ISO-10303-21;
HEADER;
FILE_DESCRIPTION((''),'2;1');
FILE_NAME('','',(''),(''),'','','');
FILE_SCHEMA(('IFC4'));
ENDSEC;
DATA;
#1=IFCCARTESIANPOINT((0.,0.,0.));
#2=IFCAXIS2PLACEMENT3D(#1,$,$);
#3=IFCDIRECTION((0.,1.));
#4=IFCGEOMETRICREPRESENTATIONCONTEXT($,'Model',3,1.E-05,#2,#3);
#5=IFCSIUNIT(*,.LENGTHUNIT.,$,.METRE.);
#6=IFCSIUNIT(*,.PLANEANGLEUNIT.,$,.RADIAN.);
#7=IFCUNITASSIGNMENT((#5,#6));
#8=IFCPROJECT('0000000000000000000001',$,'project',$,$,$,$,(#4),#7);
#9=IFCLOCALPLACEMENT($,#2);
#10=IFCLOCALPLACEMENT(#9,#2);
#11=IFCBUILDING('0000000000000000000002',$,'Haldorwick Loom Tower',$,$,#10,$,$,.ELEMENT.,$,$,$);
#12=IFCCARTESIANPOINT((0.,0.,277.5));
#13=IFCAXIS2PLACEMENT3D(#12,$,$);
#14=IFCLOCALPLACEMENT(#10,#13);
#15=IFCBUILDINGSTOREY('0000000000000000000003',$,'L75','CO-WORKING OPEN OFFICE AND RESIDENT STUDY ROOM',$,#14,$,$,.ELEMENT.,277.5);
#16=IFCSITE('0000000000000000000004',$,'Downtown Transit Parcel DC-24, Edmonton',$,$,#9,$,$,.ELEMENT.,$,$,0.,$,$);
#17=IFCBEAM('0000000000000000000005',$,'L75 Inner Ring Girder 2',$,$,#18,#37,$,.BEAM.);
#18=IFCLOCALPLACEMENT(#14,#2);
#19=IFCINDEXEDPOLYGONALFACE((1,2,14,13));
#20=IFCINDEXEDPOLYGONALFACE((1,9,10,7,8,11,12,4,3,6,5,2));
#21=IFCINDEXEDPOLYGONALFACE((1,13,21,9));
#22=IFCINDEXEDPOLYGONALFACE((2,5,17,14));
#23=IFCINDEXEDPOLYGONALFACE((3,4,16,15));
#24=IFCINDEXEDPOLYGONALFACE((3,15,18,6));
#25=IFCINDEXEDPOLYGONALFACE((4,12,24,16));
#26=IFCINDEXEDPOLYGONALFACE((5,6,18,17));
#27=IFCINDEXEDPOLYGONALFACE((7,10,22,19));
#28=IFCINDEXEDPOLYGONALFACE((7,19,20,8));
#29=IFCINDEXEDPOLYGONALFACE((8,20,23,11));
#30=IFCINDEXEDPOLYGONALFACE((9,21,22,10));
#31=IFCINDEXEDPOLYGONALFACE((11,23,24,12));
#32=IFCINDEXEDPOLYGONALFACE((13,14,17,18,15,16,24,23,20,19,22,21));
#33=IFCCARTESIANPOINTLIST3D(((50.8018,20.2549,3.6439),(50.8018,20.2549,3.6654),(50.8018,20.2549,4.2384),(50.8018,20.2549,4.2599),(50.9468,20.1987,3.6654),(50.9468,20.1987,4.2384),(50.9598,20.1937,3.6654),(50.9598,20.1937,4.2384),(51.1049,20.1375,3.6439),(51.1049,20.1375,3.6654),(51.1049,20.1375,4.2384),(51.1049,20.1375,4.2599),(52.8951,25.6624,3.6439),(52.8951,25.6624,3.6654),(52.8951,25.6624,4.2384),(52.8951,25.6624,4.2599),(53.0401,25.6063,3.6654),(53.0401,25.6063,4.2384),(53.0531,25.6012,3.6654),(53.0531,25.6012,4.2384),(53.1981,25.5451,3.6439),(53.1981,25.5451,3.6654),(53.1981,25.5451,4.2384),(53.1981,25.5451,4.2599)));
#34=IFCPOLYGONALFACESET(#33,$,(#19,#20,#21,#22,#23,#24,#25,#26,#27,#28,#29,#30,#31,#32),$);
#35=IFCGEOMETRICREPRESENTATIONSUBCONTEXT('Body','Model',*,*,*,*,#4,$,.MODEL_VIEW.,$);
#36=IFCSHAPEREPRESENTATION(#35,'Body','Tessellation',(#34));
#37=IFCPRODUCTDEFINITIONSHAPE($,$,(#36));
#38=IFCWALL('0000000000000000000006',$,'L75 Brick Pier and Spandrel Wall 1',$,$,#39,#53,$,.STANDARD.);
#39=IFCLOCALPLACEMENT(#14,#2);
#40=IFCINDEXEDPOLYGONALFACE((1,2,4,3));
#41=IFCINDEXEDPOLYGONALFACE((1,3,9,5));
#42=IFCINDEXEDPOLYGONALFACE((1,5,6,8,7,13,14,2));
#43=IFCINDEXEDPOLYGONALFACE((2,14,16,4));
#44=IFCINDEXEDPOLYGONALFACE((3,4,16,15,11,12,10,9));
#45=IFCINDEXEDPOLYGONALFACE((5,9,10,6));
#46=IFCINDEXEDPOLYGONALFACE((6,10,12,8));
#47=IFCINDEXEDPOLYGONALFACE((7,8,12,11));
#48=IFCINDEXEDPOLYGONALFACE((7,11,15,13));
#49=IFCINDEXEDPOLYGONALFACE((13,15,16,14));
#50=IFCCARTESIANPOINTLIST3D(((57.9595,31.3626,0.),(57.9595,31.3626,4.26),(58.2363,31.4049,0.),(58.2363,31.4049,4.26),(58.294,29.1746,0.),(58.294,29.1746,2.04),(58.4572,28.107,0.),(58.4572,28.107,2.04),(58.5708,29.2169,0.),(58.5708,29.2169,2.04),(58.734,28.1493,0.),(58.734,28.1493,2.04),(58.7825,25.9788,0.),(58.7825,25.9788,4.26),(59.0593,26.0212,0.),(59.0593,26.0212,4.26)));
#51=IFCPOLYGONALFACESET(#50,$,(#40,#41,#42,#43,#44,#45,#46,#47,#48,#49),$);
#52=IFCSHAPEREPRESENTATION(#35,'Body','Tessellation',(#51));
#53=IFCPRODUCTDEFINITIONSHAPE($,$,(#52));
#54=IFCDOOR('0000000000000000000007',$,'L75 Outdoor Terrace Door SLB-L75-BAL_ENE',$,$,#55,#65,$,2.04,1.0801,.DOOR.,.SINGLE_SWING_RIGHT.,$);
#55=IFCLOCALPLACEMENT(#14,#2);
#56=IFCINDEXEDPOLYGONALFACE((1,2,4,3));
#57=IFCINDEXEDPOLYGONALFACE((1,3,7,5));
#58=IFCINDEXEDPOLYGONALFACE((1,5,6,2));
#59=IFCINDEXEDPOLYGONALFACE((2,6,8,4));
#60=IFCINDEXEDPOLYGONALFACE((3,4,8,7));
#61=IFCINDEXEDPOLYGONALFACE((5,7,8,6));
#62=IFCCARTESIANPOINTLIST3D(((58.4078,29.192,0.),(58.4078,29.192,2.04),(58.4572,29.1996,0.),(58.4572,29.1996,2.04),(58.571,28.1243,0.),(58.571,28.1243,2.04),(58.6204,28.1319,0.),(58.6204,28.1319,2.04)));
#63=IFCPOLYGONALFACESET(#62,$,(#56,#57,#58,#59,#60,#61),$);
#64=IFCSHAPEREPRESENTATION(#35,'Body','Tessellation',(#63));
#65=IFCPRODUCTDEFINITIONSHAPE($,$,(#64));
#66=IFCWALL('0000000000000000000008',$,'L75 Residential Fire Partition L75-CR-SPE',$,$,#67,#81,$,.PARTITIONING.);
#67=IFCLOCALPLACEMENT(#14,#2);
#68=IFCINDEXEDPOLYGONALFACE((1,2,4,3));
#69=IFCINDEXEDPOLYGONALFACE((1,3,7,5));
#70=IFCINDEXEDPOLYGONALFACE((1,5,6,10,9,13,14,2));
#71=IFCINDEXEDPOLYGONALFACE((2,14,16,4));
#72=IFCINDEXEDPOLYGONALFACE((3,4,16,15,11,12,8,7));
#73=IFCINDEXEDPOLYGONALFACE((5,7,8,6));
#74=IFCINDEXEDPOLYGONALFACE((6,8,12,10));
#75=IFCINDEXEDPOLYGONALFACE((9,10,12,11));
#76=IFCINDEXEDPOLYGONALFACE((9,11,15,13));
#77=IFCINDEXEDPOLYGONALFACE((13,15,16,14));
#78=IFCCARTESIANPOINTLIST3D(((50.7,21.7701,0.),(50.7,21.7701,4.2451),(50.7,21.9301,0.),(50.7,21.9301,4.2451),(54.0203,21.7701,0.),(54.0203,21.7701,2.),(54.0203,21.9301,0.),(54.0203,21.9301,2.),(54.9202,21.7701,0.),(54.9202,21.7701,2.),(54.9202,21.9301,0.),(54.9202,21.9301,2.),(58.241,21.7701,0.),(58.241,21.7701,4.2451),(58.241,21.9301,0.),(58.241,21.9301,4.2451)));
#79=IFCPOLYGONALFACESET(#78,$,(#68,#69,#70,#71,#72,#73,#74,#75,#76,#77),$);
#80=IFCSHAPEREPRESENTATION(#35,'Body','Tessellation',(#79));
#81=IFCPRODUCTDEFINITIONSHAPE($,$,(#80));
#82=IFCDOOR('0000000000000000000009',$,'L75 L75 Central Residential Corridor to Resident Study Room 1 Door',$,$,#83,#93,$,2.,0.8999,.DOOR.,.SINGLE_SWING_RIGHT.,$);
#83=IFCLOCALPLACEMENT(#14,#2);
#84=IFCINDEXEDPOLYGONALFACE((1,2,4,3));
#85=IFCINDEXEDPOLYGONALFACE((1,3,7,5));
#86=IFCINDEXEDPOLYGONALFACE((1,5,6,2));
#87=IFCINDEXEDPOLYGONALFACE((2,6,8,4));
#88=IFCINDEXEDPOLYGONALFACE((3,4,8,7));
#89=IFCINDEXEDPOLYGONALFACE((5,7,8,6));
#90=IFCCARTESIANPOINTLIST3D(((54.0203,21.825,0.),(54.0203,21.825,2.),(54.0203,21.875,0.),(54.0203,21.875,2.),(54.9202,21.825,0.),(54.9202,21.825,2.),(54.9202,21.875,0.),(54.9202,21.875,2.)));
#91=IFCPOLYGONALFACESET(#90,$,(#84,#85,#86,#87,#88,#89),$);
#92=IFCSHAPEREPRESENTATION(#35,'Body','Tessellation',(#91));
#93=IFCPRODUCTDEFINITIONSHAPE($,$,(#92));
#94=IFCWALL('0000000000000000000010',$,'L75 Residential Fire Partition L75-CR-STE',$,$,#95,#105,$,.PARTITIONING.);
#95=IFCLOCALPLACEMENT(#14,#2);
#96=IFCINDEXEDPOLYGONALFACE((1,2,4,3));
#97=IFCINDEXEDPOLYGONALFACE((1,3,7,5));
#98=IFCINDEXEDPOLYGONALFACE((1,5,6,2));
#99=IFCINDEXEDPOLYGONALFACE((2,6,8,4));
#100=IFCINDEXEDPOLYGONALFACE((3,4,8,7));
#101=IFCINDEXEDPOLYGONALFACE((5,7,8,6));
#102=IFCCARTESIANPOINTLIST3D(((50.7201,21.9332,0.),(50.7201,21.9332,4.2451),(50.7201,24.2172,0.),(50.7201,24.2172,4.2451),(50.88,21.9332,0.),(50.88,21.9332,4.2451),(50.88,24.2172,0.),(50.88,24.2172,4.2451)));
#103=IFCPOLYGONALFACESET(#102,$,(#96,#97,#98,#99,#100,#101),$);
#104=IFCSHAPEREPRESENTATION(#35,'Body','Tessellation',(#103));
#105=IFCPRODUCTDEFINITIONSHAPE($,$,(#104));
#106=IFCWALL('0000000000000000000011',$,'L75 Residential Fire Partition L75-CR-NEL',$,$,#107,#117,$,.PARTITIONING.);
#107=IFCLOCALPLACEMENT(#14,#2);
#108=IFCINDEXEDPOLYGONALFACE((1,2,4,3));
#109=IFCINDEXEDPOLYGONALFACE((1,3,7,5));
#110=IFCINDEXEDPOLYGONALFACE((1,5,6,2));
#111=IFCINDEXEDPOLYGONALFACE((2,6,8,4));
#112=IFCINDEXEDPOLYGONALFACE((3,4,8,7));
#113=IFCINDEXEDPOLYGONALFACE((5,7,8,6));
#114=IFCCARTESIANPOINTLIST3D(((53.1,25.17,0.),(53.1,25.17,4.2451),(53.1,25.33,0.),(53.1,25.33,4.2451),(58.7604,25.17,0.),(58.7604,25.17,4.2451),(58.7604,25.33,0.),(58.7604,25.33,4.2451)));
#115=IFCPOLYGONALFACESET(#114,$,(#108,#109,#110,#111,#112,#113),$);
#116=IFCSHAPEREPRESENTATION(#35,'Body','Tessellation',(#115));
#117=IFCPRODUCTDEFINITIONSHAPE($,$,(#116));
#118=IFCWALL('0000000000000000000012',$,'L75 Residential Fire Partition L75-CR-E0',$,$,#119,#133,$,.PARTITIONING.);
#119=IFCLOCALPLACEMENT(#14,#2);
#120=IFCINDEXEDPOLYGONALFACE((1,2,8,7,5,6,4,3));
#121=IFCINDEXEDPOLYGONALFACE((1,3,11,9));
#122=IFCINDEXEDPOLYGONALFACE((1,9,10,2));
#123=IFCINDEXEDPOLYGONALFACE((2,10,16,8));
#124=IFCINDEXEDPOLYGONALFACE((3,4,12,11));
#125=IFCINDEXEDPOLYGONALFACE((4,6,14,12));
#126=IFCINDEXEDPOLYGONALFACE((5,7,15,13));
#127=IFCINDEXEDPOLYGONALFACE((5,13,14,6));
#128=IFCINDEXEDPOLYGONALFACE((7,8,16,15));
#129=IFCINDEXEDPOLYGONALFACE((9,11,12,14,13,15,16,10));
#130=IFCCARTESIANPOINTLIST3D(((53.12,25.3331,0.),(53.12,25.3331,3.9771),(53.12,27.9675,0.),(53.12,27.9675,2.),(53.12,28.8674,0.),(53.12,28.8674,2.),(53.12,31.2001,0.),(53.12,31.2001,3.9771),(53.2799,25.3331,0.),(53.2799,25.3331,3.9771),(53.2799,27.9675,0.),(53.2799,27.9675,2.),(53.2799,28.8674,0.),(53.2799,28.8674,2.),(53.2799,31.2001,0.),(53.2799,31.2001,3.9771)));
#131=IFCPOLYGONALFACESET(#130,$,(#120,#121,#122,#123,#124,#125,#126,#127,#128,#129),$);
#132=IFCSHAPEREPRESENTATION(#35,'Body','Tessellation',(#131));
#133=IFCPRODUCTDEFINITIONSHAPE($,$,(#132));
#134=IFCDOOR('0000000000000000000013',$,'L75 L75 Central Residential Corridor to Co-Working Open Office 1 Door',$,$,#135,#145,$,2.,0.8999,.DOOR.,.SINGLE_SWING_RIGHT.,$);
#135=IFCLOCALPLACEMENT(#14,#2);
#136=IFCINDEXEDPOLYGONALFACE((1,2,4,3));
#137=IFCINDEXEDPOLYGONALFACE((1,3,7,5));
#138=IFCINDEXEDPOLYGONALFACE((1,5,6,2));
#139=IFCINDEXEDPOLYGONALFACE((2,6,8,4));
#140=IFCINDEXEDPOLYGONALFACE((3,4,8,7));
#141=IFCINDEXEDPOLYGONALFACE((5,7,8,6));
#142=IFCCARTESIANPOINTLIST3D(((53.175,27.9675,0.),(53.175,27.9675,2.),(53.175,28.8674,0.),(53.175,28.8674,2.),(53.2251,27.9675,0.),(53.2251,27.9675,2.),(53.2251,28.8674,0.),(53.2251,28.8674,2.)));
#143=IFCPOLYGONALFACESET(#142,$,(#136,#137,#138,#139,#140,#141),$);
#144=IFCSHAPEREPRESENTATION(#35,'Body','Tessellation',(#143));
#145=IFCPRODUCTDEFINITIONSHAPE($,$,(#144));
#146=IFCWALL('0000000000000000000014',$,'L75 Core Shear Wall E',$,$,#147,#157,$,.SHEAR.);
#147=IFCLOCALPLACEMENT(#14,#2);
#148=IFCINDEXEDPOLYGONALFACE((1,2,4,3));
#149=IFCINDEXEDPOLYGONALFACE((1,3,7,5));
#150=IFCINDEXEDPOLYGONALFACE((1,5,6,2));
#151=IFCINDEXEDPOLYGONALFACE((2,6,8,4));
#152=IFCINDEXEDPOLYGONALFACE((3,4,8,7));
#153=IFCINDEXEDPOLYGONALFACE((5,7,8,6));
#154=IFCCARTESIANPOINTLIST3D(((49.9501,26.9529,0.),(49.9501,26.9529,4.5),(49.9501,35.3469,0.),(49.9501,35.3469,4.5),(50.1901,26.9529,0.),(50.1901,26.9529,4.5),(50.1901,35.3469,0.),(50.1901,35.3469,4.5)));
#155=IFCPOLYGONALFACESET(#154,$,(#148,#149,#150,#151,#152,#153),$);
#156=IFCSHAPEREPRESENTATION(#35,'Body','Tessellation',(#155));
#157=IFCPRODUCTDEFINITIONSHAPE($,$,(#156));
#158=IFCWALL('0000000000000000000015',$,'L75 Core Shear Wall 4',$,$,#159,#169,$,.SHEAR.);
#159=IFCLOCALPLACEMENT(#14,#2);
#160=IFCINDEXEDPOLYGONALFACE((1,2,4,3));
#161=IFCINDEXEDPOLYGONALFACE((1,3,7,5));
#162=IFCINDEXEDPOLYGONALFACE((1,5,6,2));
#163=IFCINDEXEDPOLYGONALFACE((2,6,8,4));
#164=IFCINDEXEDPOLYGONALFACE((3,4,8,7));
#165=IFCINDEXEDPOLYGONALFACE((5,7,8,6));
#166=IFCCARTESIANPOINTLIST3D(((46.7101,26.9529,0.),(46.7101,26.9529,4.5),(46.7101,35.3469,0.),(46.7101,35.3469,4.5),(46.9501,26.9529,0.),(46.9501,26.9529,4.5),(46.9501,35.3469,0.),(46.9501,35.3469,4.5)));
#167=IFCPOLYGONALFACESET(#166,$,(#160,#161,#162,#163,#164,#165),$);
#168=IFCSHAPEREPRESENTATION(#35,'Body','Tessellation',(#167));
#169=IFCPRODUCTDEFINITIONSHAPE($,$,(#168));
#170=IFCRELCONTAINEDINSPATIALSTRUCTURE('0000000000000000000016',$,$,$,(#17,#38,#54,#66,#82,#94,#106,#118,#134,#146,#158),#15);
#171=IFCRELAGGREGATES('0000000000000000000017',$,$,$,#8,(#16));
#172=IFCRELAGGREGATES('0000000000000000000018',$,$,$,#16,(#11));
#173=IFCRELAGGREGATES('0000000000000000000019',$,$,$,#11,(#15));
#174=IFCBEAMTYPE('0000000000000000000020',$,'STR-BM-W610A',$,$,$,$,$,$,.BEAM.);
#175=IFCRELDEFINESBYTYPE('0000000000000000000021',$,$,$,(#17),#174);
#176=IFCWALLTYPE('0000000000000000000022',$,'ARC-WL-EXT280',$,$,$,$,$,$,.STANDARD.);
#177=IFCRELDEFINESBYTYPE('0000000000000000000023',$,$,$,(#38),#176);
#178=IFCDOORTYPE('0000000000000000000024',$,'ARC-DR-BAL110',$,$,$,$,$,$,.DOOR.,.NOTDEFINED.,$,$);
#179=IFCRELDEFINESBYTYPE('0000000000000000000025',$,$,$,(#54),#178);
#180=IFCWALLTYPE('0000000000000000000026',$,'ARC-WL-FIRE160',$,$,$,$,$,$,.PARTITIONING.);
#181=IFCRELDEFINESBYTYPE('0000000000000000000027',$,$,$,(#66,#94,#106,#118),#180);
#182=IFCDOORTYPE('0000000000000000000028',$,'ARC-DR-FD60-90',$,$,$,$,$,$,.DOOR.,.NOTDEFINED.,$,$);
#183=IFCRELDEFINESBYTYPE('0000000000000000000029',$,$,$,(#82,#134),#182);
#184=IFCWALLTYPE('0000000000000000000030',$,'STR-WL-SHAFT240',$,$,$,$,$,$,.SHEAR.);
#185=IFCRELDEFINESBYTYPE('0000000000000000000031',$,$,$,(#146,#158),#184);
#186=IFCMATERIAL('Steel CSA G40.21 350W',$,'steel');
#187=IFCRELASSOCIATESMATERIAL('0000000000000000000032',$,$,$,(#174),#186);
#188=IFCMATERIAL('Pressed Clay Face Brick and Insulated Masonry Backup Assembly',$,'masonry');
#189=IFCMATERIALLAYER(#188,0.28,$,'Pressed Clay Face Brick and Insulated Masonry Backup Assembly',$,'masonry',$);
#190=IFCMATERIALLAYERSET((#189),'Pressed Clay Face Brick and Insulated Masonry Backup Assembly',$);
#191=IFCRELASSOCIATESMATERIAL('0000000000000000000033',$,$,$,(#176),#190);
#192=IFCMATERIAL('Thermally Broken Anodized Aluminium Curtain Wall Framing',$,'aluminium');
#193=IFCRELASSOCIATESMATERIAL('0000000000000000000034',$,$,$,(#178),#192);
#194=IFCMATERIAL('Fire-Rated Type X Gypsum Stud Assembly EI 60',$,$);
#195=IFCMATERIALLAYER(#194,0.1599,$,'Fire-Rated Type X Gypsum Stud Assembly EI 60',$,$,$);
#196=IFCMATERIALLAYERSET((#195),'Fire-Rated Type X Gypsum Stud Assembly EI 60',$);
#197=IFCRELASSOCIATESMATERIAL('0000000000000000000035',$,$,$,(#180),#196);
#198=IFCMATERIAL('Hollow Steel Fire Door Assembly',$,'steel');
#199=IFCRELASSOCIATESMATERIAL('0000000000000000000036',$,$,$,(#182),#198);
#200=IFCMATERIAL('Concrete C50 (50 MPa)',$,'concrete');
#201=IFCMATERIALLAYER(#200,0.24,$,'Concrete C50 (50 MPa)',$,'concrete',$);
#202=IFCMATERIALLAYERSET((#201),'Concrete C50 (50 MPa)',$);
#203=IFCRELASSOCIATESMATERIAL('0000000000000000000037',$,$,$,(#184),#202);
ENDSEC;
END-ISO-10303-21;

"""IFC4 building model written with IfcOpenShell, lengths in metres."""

from ifc_helpers import new_model, si_unit, direction, frame, frame_2d, origin, origin_2d, place, context, subcontext, project, spatial, rectangle, i_section, extrude, material, layer, layer_set, material_profile, profile_set, type_object, element, fill, save


model = new_model("IFC4")

# Units and contexts
model_context = context("Model", 3, precision=1e-05, world=origin(), true_north=direction((0.0, 1.0)))
body_context = subcontext(model_context, "Body", "Model", "MODEL_VIEW")
ifc_project = project(units=[si_unit("LENGTHUNIT", "METRE"), si_unit("PLANEANGLEUNIT", "RADIAN")], contexts=[model_context])

# Site, building, storey
site_placement = place(None, origin())
site = spatial("IfcSite", under=ifc_project, at=site_placement, Name="Downtown Transit Parcel DC-24, Edmonton", CompositionType="ELEMENT", RefElevation=0.0)
building_placement = place(site_placement, origin())
building = spatial("IfcBuilding", under=site, at=building_placement, Name="Haldorwick Loom Tower", CompositionType="ELEMENT")
storey_placement = place(building_placement, frame((0.0, 0.0, 277.5)))
storey = spatial("IfcBuildingStorey", under=building, at=storey_placement, Name="L75", Description="CO-WORKING OPEN OFFICE AND RESIDENT STUDY ROOM", CompositionType="ELEMENT", Elevation=277.5)

# Shared definitions
ifc_material_1 = material(Name="Concrete C50 (50 MPa)", Category="concrete")
ifc_material_2 = material(Name="Steel CSA G40.21 350W", Category="steel")

# Beam
ifc_material_profile_1 = material_profile(ifc_material_2, i_section(OverallWidth=0.325, OverallDepth=0.616, WebThickness=0.0139, FlangeThickness=0.0215, at=origin_2d()), Name="W610X174", Category="steel")
ifc_profile_set_1 = profile_set([ifc_material_profile_1], Name="Steel CSA G40.21 350W")
beam_type_1 = type_object("IfcBeamType", Name="STR-BM-W610A", PredefinedType="BEAM", material=ifc_profile_set_1)
beam_1_placement = place(storey_placement, frame((53.0466, 25.6038, 3.9519), z_axis=(-0.361001, -0.932565, 0.0), x_axis=(0.932565, -0.361001, 0.0)))
element("IfcBeam", 1, at=beam_1_placement, inside=storey, type_object=beam_type_1, Name="L75 Inner Ring Girder 2", PredefinedType="BEAM", context=body_context, shape_type="SweptSolid", body=[
    extrude(i_section(OverallWidth=0.325, OverallDepth=0.616, WebThickness=0.0139, FlangeThickness=0.0215, at=origin_2d()), origin(), (0.0, 0.0, 1.0), 5.7986),
])

# Walls, openings, doors
ifc_material_3 = material(Name="Pressed Clay Face Brick and Insulated Masonry Backup Assembly", Category="masonry")
ifc_layer_1 = layer(ifc_material_3, 0.28, Name="Pressed Clay Face Brick and Insulated Masonry Backup Assembly", Category="masonry")
ifc_layer_set_1 = layer_set([ifc_layer_1], Name="Pressed Clay Face Brick and Insulated Masonry Backup Assembly")
wall_type_1 = type_object("IfcWallType", Name="ARC-WL-EXT280", PredefinedType="STANDARD", material=ifc_layer_set_1)
wall_1_placement = place(storey_placement, frame((58.9209, 26.0, 0.0), z_axis=(0.0, 0.0, 1.0), x_axis=(-0.151111, 0.988517, 0.0)))
wall_1 = element("IfcWall", 2, at=wall_1_placement, inside=storey, type_object=wall_type_1, Name="L75 Brick Pier and Spandrel Wall 1", PredefinedType="STANDARD", context=body_context, shape_type="SweptSolid", body=[
    extrude(rectangle(XDim=5.4463, YDim=0.28, at=frame_2d((2.7231, 0.0))), origin(), (0.0, 0.0, 1.0), 4.26),
])
opening_1_placement = place(wall_1_placement, frame((2.1528, 0.0, 0.0)))
opening_1 = element("IfcOpeningElement", 3, at=opening_1_placement, cuts=wall_1, PredefinedType="OPENING", context=body_context, shape_type="SweptSolid", body=[
    extrude(rectangle(XDim=1.0801, YDim=2.04, at=frame_2d((0.54, 1.02))), frame((0.0, 0.1499, 0.0), z_axis=(0.0, -1.0, 0.0), x_axis=(1.0, 0.0, 0.0)), (0.0, 0.0, 1.0), 0.3),
])
ifc_material_4 = material(Name="Thermally Broken Anodized Aluminium Curtain Wall Framing", Category="aluminium")
door_type_1 = type_object("IfcDoorType", Name="ARC-DR-BAL110", OperationType="NOTDEFINED", PredefinedType="DOOR", material=ifc_material_4)
door_1_placement = place(opening_1_placement, origin())
door_1 = element("IfcDoor", 4, at=door_1_placement, inside=storey, type_object=door_type_1, Name="L75 Outdoor Terrace Door SLB-L75-BAL_ENE", OperationType="SINGLE_SWING_RIGHT", OverallHeight=2.04, OverallWidth=1.0801, PredefinedType="DOOR", context=body_context, shape_type="SweptSolid", body=[
    extrude(rectangle(XDim=1.0801, YDim=2.04, at=frame_2d((0.54, 1.02))), frame((0.0, 0.0249, 0.0), z_axis=(0.0, -1.0, 0.0), x_axis=(1.0, 0.0, 0.0)), (0.0, 0.0, 1.0), 0.05),
])
fill(opening_1, door_1)
ifc_material_5 = material(Name="Fire-Rated Type X Gypsum Stud Assembly EI 60")
ifc_layer_2 = layer(ifc_material_5, 0.1599, Name="Fire-Rated Type X Gypsum Stud Assembly EI 60")
ifc_layer_set_2 = layer_set([ifc_layer_2], Name="Fire-Rated Type X Gypsum Stud Assembly EI 60")
wall_type_2 = type_object("IfcWallType", Name="ARC-WL-FIRE160", PredefinedType="PARTITIONING", material=ifc_layer_set_2)
wall_2_placement = place(storey_placement, frame((50.7, 21.8501, 0.0), z_axis=(0.0, 0.0, 1.0), x_axis=(1.0, 0.0, 0.0)))
wall_2 = element("IfcWall", 5, at=wall_2_placement, inside=storey, type_object=wall_type_2, Name="L75 Residential Fire Partition L75-CR-SPE", PredefinedType="PARTITIONING", context=body_context, shape_type="SweptSolid", body=[
    extrude(rectangle(XDim=7.541, YDim=0.1599, at=frame_2d((3.7705, 0.0))), origin(), (0.0, 0.0, 1.0), 4.2451),
])
opening_2_placement = place(wall_2_placement, frame((3.3203, 0.0, 0.0)))
opening_2 = element("IfcOpeningElement", 6, at=opening_2_placement, cuts=wall_2, PredefinedType="OPENING", context=body_context, shape_type="SweptSolid", body=[
    extrude(rectangle(XDim=0.8999, YDim=2.0, at=frame_2d((0.45, 1.0))), frame((0.0, 0.0898, 0.0), z_axis=(0.0, -1.0, 0.0), x_axis=(1.0, 0.0, 0.0)), (0.0, 0.0, 1.0), 0.1799),
])
ifc_material_6 = material(Name="Hollow Steel Fire Door Assembly", Category="steel")
door_type_2 = type_object("IfcDoorType", Name="ARC-DR-FD60-90", OperationType="NOTDEFINED", PredefinedType="DOOR", material=ifc_material_6)
door_2_placement = place(opening_2_placement, origin())
door_2 = element("IfcDoor", 7, at=door_2_placement, inside=storey, type_object=door_type_2, Name="L75 L75 Central Residential Corridor to Resident Study Room 1 Door", OperationType="SINGLE_SWING_RIGHT", OverallHeight=2.0, OverallWidth=0.8999, PredefinedType="DOOR", context=body_context, shape_type="SweptSolid", body=[
    extrude(rectangle(XDim=0.8999, YDim=2.0, at=frame_2d((0.45, 1.0))), frame((0.0, 0.0249, 0.0), z_axis=(0.0, -1.0, 0.0), x_axis=(1.0, 0.0, 0.0)), (0.0, 0.0, 1.0), 0.05),
])
fill(opening_2, door_2)

# Walls
wall_3_placement = place(storey_placement, frame((50.8, 21.9331, 0.0), z_axis=(0.0, 0.0, 1.0), x_axis=(0.0, 1.0, 0.0)))
element("IfcWall", 8, at=wall_3_placement, inside=storey, type_object=wall_type_2, Name="L75 Residential Fire Partition L75-CR-STE", PredefinedType="PARTITIONING", context=body_context, shape_type="SweptSolid", body=[
    extrude(rectangle(XDim=2.2839, YDim=0.1599, at=frame_2d((1.1421, 0.0))), origin(), (0.0, 0.0, 1.0), 4.2451),
])
wall_4_placement = place(storey_placement, frame((53.1001, 25.25, 0.0), z_axis=(0.0, 0.0, 1.0), x_axis=(1.0, 0.0, 0.0)))
element("IfcWall", 9, at=wall_4_placement, inside=storey, type_object=wall_type_2, Name="L75 Residential Fire Partition L75-CR-NEL", PredefinedType="PARTITIONING", context=body_context, shape_type="SweptSolid", body=[
    extrude(rectangle(XDim=5.6604, YDim=0.1599, at=frame_2d((2.8301, 0.0))), origin(), (0.0, 0.0, 1.0), 4.2451),
])

# Wall, opening, door
wall_5_placement = place(storey_placement, frame((53.2, 25.333, 0.0), z_axis=(0.0, 0.0, 1.0), x_axis=(0.0, 1.0, 0.0)))
wall_5 = element("IfcWall", 10, at=wall_5_placement, inside=storey, type_object=wall_type_2, Name="L75 Residential Fire Partition L75-CR-E0", PredefinedType="PARTITIONING", context=body_context, shape_type="SweptSolid", body=[
    extrude(rectangle(XDim=5.8669, YDim=0.1599, at=frame_2d((2.9336, 0.0))), origin(), (0.0, 0.0, 1.0), 3.9771),
])
opening_3_placement = place(wall_5_placement, frame((2.6345, 0.0, 0.0)))
opening_3 = element("IfcOpeningElement", 11, at=opening_3_placement, cuts=wall_5, PredefinedType="OPENING", context=body_context, shape_type="SweptSolid", body=[
    extrude(rectangle(XDim=0.8999, YDim=2.0, at=frame_2d((0.45, 1.0))), frame((0.0, 0.0898, 0.0), z_axis=(0.0, -1.0, 0.0), x_axis=(1.0, 0.0, 0.0)), (0.0, 0.0, 1.0), 0.1799),
])
door_3_placement = place(opening_3_placement, origin())
door_3 = element("IfcDoor", 12, at=door_3_placement, inside=storey, type_object=door_type_2, Name="L75 L75 Central Residential Corridor to Co-Working Open Office 1 Door", OperationType="SINGLE_SWING_RIGHT", OverallHeight=2.0, OverallWidth=0.8999, PredefinedType="DOOR", context=body_context, shape_type="SweptSolid", body=[
    extrude(rectangle(XDim=0.8999, YDim=2.0, at=frame_2d((0.45, 1.0))), frame((0.0, 0.0249, 0.0), z_axis=(0.0, -1.0, 0.0), x_axis=(1.0, 0.0, 0.0)), (0.0, 0.0, 1.0), 0.05),
])
fill(opening_3, door_3)

# Walls
ifc_layer_3 = layer(ifc_material_1, 0.24, Name="Concrete C50 (50 MPa)", Category="concrete")
ifc_layer_set_3 = layer_set([ifc_layer_3], Name="Concrete C50 (50 MPa)")
wall_type_3 = type_object("IfcWallType", Name="STR-WL-SHAFT240", PredefinedType="SHEAR", material=ifc_layer_set_3)
for number, where, z_axis, x_axis, name in (
    (13, (50.0701, 26.9529, 0.0), (0.0, 0.0, 1.0), (0.0, 1.0, 0.0), "L75 Core Shear Wall E"),
    (14, (46.8301, 26.9529, 0.0), (0.0, 0.0, 1.0), (0.0, 1.0, 0.0), "L75 Core Shear Wall 4"),
):
    element("IfcWall", number, at=place(storey_placement, frame(where, z_axis=z_axis, x_axis=x_axis)), inside=storey, type_object=wall_type_3, Name=name, PredefinedType="SHEAR", context=body_context, shape_type="SweptSolid", body=[
        extrude(rectangle(XDim=8.394, YDim=0.24, at=frame_2d((4.197, 0.0))), origin(), (0.0, 0.0, 1.0), 4.5),
    ])

save(model, "model.ifc")
